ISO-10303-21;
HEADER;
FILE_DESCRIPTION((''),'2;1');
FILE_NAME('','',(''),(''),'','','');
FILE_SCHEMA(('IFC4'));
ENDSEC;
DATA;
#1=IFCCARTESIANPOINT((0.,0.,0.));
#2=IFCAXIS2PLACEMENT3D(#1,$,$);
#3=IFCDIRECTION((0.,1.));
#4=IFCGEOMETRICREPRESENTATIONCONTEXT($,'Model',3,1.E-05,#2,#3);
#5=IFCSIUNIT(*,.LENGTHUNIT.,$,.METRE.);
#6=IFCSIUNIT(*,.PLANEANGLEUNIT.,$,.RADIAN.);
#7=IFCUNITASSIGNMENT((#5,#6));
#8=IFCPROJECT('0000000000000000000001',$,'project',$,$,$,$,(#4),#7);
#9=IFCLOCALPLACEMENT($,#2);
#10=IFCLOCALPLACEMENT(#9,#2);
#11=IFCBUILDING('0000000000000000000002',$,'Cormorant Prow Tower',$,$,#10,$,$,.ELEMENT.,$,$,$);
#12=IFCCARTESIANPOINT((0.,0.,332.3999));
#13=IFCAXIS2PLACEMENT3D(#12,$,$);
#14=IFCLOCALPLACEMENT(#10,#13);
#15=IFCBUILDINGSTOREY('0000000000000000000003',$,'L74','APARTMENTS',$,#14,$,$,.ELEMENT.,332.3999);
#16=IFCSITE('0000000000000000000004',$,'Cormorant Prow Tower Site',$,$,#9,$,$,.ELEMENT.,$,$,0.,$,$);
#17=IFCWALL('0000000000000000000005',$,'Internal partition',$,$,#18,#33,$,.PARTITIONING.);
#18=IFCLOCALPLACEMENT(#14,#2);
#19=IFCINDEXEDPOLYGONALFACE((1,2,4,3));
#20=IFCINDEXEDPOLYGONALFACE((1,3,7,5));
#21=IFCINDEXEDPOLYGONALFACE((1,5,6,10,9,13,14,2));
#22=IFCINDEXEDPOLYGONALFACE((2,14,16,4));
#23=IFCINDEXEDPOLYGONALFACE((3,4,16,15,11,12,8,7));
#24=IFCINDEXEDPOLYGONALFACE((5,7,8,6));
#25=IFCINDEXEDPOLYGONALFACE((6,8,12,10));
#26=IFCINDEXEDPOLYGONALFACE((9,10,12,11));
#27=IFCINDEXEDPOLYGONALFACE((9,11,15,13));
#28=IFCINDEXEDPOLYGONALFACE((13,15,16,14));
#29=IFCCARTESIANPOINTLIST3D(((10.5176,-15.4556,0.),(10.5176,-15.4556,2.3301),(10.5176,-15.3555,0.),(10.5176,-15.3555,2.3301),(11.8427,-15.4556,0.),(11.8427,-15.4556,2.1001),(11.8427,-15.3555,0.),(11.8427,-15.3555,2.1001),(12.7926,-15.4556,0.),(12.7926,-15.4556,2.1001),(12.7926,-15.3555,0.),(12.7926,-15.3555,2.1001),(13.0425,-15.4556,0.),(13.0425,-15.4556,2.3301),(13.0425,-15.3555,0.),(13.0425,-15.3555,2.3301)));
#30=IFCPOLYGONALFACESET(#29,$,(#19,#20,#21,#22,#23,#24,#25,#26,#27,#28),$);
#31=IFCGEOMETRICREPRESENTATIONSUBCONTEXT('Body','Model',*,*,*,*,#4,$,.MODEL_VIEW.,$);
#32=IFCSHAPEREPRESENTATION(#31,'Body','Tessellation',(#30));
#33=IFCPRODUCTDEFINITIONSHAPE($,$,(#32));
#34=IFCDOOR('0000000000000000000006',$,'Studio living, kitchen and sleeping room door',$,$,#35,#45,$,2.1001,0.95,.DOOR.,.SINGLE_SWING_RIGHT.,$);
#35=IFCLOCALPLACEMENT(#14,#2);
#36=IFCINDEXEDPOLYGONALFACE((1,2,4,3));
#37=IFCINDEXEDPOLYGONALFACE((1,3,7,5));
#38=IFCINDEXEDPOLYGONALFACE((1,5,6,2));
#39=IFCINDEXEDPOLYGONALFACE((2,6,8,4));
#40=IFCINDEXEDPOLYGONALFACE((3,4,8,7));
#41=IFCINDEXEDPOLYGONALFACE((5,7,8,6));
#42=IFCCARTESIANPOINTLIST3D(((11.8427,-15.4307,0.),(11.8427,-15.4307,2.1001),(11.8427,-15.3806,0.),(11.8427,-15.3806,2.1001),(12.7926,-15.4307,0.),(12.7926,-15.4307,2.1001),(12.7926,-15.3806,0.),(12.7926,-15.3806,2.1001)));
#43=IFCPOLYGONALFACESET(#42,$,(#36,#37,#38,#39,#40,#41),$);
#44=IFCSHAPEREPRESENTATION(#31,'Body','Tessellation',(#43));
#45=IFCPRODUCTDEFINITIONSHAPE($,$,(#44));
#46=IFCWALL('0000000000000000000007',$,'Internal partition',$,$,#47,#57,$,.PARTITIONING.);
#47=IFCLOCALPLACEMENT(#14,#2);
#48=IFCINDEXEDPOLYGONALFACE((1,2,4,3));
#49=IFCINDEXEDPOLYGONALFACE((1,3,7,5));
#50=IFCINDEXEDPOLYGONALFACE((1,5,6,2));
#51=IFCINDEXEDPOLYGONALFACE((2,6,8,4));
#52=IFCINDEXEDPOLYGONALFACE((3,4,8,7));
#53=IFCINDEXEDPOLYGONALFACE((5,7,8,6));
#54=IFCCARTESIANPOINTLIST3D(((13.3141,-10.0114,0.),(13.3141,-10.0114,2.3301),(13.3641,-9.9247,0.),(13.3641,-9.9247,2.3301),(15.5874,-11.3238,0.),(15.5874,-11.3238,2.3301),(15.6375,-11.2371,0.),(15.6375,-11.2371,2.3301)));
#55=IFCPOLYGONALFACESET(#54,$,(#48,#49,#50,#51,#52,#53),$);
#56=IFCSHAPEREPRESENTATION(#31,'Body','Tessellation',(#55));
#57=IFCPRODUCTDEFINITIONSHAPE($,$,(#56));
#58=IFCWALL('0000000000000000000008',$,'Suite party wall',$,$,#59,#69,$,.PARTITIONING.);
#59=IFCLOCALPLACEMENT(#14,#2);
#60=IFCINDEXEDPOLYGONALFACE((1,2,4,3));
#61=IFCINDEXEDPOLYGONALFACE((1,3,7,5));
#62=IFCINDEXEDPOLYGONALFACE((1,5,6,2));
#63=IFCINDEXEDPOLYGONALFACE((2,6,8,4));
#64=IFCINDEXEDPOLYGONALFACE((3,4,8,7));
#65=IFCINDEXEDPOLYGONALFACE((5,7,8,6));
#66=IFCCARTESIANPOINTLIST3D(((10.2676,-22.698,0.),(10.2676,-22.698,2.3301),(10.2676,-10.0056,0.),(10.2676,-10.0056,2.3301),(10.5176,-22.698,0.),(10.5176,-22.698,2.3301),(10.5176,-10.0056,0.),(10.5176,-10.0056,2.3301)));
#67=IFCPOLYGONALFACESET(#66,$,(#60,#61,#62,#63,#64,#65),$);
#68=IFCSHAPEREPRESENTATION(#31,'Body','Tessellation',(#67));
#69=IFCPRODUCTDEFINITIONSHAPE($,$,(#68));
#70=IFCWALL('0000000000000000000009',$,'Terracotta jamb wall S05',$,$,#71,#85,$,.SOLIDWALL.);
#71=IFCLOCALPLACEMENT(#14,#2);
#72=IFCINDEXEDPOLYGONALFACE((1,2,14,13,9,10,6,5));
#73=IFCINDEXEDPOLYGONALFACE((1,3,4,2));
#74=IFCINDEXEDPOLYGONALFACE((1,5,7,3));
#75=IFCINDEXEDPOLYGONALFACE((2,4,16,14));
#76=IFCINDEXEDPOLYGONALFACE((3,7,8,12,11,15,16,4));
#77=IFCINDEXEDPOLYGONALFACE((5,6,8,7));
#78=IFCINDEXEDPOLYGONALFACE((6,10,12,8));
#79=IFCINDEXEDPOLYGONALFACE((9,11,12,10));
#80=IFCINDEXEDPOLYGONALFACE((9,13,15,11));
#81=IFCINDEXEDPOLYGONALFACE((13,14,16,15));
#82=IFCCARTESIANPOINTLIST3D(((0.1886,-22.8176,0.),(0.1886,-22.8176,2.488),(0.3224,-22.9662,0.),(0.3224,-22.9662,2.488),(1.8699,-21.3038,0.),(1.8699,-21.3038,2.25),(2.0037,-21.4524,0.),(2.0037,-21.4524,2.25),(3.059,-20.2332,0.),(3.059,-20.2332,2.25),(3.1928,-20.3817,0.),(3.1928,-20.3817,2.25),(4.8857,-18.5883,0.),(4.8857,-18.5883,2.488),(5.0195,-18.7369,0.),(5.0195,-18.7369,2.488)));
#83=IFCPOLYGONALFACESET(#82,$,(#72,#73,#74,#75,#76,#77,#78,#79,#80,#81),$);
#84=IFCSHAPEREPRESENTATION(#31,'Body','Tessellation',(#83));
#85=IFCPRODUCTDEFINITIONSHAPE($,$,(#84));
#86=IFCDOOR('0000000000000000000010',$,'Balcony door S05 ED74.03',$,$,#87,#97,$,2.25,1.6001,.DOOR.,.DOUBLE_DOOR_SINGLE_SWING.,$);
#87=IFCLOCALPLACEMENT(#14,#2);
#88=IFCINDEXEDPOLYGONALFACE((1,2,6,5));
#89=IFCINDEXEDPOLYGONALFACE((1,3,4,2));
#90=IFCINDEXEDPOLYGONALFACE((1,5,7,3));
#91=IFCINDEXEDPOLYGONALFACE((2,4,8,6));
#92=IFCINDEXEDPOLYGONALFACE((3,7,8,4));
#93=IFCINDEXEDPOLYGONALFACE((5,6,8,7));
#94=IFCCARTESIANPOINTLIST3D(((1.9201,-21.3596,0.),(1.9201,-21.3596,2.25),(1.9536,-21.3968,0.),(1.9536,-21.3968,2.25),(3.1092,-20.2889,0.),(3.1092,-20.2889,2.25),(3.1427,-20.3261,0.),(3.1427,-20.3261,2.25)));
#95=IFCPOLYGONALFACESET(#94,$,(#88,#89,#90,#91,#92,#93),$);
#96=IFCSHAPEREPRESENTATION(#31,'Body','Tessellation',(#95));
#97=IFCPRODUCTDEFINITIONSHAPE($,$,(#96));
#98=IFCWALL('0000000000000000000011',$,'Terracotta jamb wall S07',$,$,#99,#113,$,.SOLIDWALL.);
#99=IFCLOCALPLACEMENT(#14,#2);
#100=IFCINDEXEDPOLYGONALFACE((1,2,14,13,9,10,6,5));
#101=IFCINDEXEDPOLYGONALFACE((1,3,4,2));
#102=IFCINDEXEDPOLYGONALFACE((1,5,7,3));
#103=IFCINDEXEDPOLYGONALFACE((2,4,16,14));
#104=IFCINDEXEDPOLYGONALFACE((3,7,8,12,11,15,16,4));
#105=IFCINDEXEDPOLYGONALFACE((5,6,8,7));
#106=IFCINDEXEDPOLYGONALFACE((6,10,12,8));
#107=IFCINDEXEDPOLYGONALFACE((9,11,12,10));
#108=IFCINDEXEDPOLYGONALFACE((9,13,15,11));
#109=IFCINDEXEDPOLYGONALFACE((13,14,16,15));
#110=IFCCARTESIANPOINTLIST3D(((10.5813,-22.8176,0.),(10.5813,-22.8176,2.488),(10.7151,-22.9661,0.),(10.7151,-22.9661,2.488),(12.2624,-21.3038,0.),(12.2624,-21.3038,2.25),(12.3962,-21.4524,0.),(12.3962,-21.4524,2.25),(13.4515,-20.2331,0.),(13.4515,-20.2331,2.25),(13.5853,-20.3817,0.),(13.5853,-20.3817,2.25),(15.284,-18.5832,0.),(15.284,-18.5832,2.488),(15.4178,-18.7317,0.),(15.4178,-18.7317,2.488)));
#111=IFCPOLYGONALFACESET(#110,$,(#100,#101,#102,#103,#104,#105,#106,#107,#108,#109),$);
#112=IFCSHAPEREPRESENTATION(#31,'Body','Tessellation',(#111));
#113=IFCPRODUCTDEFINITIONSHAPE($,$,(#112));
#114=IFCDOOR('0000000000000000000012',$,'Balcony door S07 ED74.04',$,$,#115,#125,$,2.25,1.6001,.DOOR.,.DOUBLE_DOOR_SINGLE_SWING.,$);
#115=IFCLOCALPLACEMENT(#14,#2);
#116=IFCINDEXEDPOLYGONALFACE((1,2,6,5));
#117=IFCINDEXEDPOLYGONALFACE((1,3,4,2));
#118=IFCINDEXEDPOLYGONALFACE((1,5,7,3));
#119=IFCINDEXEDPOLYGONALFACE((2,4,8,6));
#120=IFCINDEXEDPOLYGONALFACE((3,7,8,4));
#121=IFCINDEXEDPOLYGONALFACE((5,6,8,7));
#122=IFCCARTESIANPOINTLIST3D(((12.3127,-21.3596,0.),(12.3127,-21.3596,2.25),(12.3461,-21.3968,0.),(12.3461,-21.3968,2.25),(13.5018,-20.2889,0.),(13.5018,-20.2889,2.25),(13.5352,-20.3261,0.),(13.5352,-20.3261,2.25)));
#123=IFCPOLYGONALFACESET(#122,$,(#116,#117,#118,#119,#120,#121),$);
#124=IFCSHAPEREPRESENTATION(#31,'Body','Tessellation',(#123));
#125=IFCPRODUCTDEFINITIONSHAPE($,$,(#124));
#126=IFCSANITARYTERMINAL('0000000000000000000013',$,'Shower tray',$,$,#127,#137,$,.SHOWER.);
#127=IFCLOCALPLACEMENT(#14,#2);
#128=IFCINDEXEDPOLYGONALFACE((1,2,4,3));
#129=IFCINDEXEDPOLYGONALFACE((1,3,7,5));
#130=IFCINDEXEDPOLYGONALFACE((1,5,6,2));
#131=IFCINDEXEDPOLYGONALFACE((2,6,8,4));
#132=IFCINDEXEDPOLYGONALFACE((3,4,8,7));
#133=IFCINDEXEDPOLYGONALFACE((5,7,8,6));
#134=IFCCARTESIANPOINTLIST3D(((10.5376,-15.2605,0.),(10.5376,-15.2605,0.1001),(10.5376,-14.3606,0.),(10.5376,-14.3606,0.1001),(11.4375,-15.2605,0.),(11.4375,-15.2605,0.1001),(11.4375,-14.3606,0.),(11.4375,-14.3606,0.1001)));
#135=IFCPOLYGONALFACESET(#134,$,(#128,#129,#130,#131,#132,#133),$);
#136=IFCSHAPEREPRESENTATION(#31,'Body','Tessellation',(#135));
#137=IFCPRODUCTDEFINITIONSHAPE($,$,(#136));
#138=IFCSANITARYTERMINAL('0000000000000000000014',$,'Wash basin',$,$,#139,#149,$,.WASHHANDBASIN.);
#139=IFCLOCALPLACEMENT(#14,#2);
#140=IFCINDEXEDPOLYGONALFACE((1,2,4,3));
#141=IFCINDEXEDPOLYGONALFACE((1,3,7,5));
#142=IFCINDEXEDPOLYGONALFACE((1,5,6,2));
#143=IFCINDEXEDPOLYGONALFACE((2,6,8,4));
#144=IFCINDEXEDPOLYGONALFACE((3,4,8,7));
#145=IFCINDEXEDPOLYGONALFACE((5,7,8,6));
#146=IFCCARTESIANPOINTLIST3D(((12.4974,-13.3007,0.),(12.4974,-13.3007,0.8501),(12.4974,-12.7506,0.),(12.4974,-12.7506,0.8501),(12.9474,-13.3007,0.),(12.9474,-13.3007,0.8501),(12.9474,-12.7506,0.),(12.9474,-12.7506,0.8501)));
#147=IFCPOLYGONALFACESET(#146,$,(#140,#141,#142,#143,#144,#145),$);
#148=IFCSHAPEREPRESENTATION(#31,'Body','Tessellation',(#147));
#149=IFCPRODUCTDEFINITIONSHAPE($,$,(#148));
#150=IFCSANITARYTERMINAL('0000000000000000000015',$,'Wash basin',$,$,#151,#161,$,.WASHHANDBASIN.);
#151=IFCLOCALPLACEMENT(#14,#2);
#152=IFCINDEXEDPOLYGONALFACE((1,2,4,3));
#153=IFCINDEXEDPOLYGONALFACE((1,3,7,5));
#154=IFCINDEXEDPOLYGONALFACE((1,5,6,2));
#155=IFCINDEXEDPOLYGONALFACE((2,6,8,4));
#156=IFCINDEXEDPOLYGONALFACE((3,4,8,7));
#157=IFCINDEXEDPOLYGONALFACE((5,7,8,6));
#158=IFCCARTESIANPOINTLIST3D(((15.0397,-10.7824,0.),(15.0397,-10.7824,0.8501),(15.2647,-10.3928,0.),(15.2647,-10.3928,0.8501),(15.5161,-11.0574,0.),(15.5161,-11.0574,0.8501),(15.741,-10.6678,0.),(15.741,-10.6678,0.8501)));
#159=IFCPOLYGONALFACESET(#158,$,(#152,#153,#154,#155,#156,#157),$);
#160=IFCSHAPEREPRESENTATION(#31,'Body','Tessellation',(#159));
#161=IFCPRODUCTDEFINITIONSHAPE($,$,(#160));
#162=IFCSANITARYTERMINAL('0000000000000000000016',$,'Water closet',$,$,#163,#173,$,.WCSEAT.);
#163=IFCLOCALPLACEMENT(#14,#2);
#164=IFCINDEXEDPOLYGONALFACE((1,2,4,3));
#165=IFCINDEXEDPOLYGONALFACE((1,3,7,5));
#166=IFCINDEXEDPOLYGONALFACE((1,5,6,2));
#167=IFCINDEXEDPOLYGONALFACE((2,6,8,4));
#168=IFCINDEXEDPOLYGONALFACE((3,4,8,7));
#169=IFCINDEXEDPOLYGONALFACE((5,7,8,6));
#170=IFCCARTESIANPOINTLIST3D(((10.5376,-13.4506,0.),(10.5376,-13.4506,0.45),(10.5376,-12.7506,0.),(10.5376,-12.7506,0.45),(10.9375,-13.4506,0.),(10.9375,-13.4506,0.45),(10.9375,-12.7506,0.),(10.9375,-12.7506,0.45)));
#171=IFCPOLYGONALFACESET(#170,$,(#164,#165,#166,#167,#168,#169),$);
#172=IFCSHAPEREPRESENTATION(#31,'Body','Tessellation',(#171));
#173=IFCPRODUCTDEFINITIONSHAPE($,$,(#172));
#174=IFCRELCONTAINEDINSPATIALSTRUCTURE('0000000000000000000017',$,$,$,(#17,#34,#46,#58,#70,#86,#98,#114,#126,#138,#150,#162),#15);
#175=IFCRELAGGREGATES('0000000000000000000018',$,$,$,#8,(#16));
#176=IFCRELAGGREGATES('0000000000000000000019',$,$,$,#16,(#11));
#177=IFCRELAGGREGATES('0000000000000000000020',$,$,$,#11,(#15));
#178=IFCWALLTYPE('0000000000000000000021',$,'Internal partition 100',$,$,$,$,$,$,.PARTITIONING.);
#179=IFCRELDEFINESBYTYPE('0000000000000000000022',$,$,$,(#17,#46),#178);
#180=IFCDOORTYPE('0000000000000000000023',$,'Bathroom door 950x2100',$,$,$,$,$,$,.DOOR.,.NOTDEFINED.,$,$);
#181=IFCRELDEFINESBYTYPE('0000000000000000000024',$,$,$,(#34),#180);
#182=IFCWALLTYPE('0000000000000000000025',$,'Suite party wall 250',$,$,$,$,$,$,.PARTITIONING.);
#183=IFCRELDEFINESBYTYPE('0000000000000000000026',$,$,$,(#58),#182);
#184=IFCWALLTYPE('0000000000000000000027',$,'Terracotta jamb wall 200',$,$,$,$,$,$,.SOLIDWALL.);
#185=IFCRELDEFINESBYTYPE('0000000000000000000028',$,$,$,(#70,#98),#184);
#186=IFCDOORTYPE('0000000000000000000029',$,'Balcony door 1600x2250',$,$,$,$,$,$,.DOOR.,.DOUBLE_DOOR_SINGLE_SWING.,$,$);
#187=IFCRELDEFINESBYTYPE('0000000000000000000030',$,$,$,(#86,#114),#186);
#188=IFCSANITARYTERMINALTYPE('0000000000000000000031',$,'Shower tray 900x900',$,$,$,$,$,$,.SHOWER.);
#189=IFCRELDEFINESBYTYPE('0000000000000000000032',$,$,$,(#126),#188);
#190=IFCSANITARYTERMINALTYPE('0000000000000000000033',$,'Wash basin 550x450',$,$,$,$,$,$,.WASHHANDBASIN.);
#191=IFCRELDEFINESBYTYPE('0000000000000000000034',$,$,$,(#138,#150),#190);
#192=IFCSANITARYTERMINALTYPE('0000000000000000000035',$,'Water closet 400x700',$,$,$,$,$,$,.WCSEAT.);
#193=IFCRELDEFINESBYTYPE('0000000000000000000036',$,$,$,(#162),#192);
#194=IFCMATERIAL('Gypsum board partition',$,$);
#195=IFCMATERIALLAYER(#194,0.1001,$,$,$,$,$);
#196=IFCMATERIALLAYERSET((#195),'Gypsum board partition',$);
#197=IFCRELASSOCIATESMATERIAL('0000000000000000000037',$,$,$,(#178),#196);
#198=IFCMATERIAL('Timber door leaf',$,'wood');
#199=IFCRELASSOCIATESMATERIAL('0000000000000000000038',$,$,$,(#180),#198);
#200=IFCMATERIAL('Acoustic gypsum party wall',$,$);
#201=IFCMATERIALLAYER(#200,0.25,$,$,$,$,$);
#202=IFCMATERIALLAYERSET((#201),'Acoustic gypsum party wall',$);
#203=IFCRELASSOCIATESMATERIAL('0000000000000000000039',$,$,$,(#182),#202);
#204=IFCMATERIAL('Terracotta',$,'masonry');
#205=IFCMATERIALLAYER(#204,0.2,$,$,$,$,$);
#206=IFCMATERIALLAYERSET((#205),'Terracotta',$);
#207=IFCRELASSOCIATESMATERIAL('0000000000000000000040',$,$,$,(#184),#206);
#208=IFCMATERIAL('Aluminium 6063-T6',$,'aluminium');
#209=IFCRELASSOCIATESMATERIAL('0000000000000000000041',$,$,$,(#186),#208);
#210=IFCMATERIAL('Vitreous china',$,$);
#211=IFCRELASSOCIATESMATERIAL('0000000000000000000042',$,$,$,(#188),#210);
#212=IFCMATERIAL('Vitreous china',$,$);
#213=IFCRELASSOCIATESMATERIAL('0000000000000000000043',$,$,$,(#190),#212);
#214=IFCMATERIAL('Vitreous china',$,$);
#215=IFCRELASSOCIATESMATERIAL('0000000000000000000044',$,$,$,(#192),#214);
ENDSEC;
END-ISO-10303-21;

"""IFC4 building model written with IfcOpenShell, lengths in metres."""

from ifc_helpers import new_model, si_unit, direction, frame, frame_2d, origin, origin_2d, place, context, subcontext, project, spatial, rectangle, extrude, material, layer, layer_set, type_object, element, fill, save


model = new_model("IFC4")

# Units and contexts
model_context = context("Model", 3, precision=1e-05, world=origin(), true_north=direction((0.0, 1.0)))
body_context = subcontext(model_context, "Body", "Model", "MODEL_VIEW")
ifc_project = project(units=[si_unit("LENGTHUNIT", "METRE"), si_unit("PLANEANGLEUNIT", "RADIAN")], contexts=[model_context])

# Site, building, storey
site_placement = place(None, origin())
site = spatial("IfcSite", under=ifc_project, at=site_placement, Name="Cormorant Prow Tower Site", CompositionType="ELEMENT", RefElevation=0.0)
building_placement = place(site_placement, origin())
building = spatial("IfcBuilding", under=site, at=building_placement, Name="Cormorant Prow Tower", CompositionType="ELEMENT")
storey_placement = place(building_placement, frame((0.0, 0.0, 332.3999)))
storey = spatial("IfcBuildingStorey", under=building, at=storey_placement, Name="L74", Description="APARTMENTS", CompositionType="ELEMENT", Elevation=332.3999)

# Shared definitions
ifc_material_1 = material(Name="Gypsum board partition")
ifc_layer_1 = layer(ifc_material_1, 0.1001)
ifc_layer_set_1 = layer_set([ifc_layer_1], Name="Gypsum board partition")
wall_type_1 = type_object("IfcWallType", Name="Internal partition 100", PredefinedType="PARTITIONING", material=ifc_layer_set_1)
ifc_material_2 = material(Name="Timber door leaf", Category="wood")
door_type_1 = type_object("IfcDoorType", Name="Bathroom door 950x2100", OperationType="NOTDEFINED", PredefinedType="DOOR", material=ifc_material_2)

# Wall, opening, door
wall_1_placement = place(storey_placement, frame((10.5176, -15.4055, 0.0), z_axis=(0.0, 0.0, 1.0), x_axis=(1.0, 0.0, 0.0)))
wall_1 = element("IfcWall", 1, at=wall_1_placement, inside=storey, type_object=wall_type_1, Name="Internal partition", PredefinedType="PARTITIONING", context=body_context, shape_type="SweptSolid", body=[
    extrude(rectangle(XDim=2.5249, YDim=0.1001, at=frame_2d((1.2625, 0.0))), origin(), (0.0, 0.0, 1.0), 2.3301),
])
opening_1_placement = place(wall_1_placement, frame((1.325, 0.0, 0.0)))
opening_1 = element("IfcOpeningElement", 2, at=opening_1_placement, cuts=wall_1, PredefinedType="OPENING", context=body_context, shape_type="SweptSolid", body=[
    extrude(rectangle(XDim=0.95, YDim=2.1001, at=frame_2d((0.4751, 1.05))), frame((0.0, 0.0601, 0.0), z_axis=(0.0, -1.0, 0.0), x_axis=(1.0, 0.0, 0.0)), (0.0, 0.0, 1.0), 0.1201),
])
door_1_placement = place(opening_1_placement, origin())
door_1 = element("IfcDoor", 3, at=door_1_placement, inside=storey, type_object=door_type_1, Name="Studio living, kitchen and sleeping room door", OperationType="SINGLE_SWING_RIGHT", OverallHeight=2.1001, OverallWidth=0.95, PredefinedType="DOOR", context=body_context, shape_type="SweptSolid", body=[
    extrude(rectangle(XDim=0.95, YDim=2.1001, at=frame_2d((0.4751, 1.05))), frame((0.0, 0.0249, 0.0), z_axis=(0.0, -1.0, 0.0), x_axis=(1.0, 0.0, 0.0)), (0.0, 0.0, 1.0), 0.05),
])
fill(opening_1, door_1)

# Walls
wall_2_placement = place(storey_placement, frame((13.3391, -9.968, 0.0), z_axis=(0.0, 0.0, 1.0), x_axis=(0.866037, -0.49998, 0.0)))
element("IfcWall", 4, at=wall_2_placement, inside=storey, type_object=wall_type_1, Name="Internal partition", PredefinedType="PARTITIONING", context=body_context, shape_type="SweptSolid", body=[
    extrude(rectangle(XDim=2.625, YDim=0.1001, at=frame_2d((1.3125, 0.0))), origin(), (0.0, 0.0, 1.0), 2.3301),
])
ifc_material_3 = material(Name="Acoustic gypsum party wall")
ifc_layer_2 = layer(ifc_material_3, 0.25)
ifc_layer_set_2 = layer_set([ifc_layer_2], Name="Acoustic gypsum party wall")
wall_type_2 = type_object("IfcWallType", Name="Suite party wall 250", PredefinedType="PARTITIONING", material=ifc_layer_set_2)
wall_3_placement = place(storey_placement, frame((10.3926, -22.698, 0.0), z_axis=(0.0, 0.0, 1.0), x_axis=(0.0, 1.0, 0.0)))
element("IfcWall", 5, at=wall_3_placement, inside=storey, type_object=wall_type_2, Name="Suite party wall", PredefinedType="PARTITIONING", context=body_context, shape_type="SweptSolid", body=[
    extrude(rectangle(XDim=12.6924, YDim=0.25, at=frame_2d((6.3462, 0.0))), origin(), (0.0, 0.0, 1.0), 2.3301),
])

# Walls, openings, doors
ifc_material_4 = material(Name="Terracotta", Category="masonry")
ifc_layer_3 = layer(ifc_material_4, 0.2)
ifc_layer_set_3 = layer_set([ifc_layer_3], Name="Terracotta")
wall_type_3 = type_object("IfcWallType", Name="Terracotta jamb wall 200", PredefinedType="SOLIDWALL", material=ifc_layer_set_3)
wall_4_placement = place(storey_placement, frame((0.2556, -22.8918, 0.0), z_axis=(0.0, 0.0, 1.0), x_axis=(0.743142, 0.669133, 0.0)))
wall_4 = element("IfcWall", 6, at=wall_4_placement, inside=storey, type_object=wall_type_3, Name="Terracotta jamb wall S05", PredefinedType="SOLIDWALL", context=body_context, shape_type="SweptSolid", body=[
    extrude(rectangle(XDim=6.3206, YDim=0.2, at=frame_2d((3.1602, 0.0))), origin(), (0.0, 0.0, 1.0), 2.488),
])
opening_2_placement = place(wall_4_placement, frame((2.2622, 0.0, 0.0)))
opening_2 = element("IfcOpeningElement", 7, at=opening_2_placement, cuts=wall_4, PredefinedType="OPENING", context=body_context, shape_type="SweptSolid", body=[
    extrude(rectangle(XDim=1.6001, YDim=2.25, at=frame_2d((0.8, 1.125))), frame((0.0, 0.1099, 0.0), z_axis=(0.0, -1.0, 0.0), x_axis=(1.0, 0.0, 0.0)), (0.0, 0.0, 1.0), 0.22),
])
ifc_material_5 = material(Name="Aluminium 6063-T6", Category="aluminium")
door_type_2 = type_object("IfcDoorType", Name="Balcony door 1600x2250", OperationType="DOUBLE_DOOR_SINGLE_SWING", PredefinedType="DOOR", material=ifc_material_5)
door_2_placement = place(opening_2_placement, origin())
door_2 = element("IfcDoor", 8, at=door_2_placement, inside=storey, type_object=door_type_2, Name="Balcony door S05 ED74.03", OperationType="DOUBLE_DOOR_SINGLE_SWING", OverallHeight=2.25, OverallWidth=1.6001, PredefinedType="DOOR", context=body_context, shape_type="SweptSolid", body=[
    extrude(rectangle(XDim=1.6001, YDim=2.25, at=frame_2d((0.8, 1.125))), frame((0.0, 0.0249, 0.0), z_axis=(0.0, -1.0, 0.0), x_axis=(1.0, 0.0, 0.0)), (0.0, 0.0, 1.0), 0.05),
])
fill(opening_2, door_2)
wall_5_placement = place(storey_placement, frame((10.6482, -22.8918, 0.0), z_axis=(0.0, 0.0, 1.0), x_axis=(0.743137, 0.669139, 0.0)))
wall_5 = element("IfcWall", 9, at=wall_5_placement, inside=storey, type_object=wall_type_3, Name="Terracotta jamb wall S07", PredefinedType="SOLIDWALL", context=body_context, shape_type="SweptSolid", body=[
    extrude(rectangle(XDim=6.3281, YDim=0.2, at=frame_2d((3.1641, 0.0))), origin(), (0.0, 0.0, 1.0), 2.488),
])
opening_3_placement = place(wall_5_placement, frame((2.2622, 0.0, 0.0)))
opening_3 = element("IfcOpeningElement", 10, at=opening_3_placement, cuts=wall_5, PredefinedType="OPENING", context=body_context, shape_type="SweptSolid", body=[
    extrude(rectangle(XDim=1.6001, YDim=2.25, at=frame_2d((0.8, 1.125))), frame((0.0, 0.1099, 0.0), z_axis=(0.0, -1.0, 0.0), x_axis=(1.0, 0.0, 0.0)), (0.0, 0.0, 1.0), 0.22),
])
door_3_placement = place(opening_3_placement, origin())
door_3 = element("IfcDoor", 11, at=door_3_placement, inside=storey, type_object=door_type_2, Name="Balcony door S07 ED74.04", OperationType="DOUBLE_DOOR_SINGLE_SWING", OverallHeight=2.25, OverallWidth=1.6001, PredefinedType="DOOR", context=body_context, shape_type="SweptSolid", body=[
    extrude(rectangle(XDim=1.6001, YDim=2.25, at=frame_2d((0.8, 1.125))), frame((0.0, 0.0249, 0.0), z_axis=(0.0, -1.0, 0.0), x_axis=(1.0, 0.0, 0.0)), (0.0, 0.0, 1.0), 0.05),
])
fill(opening_3, door_3)

# Sanitary terminals
ifc_material_6 = material(Name="Vitreous china")
sanitary_terminal_type_1 = type_object("IfcSanitaryTerminalType", Name="Shower tray 900x900", PredefinedType="SHOWER", material=ifc_material_6)
sanitary_terminal_1_placement = place(storey_placement, frame((10.9875, -14.8105, 0.0), z_axis=(0.0, 0.0, 1.0), x_axis=(0.0, 1.0, 0.0)))
element("IfcSanitaryTerminal", 12, at=sanitary_terminal_1_placement, inside=storey, type_object=sanitary_terminal_type_1, Name="Shower tray", PredefinedType="SHOWER", context=body_context, shape_type="SweptSolid", body=[
    extrude(rectangle(XDim=0.8999, YDim=0.8999, at=origin_2d()), origin(), (0.0, 0.0, 1.0), 0.1001),
])
ifc_material_7 = material(Name="Vitreous china")
sanitary_terminal_type_2 = type_object("IfcSanitaryTerminalType", Name="Wash basin 550x450", PredefinedType="WASHHANDBASIN", material=ifc_material_7)
for number, where, z_axis, x_axis, name in (
    (13, (12.7224, -13.0256, 0.0), (0.0, 0.0, 1.0), (0.0, -1.0, 0.0), "Wash basin"),
    (14, (15.3904, -10.7251, 0.0), (0.0, 0.0, 1.0), (-0.866025, 0.5, 0.0), "Wash basin"),
):
    element("IfcSanitaryTerminal", number, at=place(storey_placement, frame(where, z_axis=z_axis, x_axis=x_axis)), inside=storey, type_object=sanitary_terminal_type_2, Name=name, PredefinedType="WASHHANDBASIN", context=body_context, shape_type="SweptSolid", body=[
        extrude(rectangle(XDim=0.55, YDim=0.45, at=origin_2d()), origin(), (0.0, 0.0, 1.0), 0.8501),
    ])
ifc_material_8 = material(Name="Vitreous china")
sanitary_terminal_type_3 = type_object("IfcSanitaryTerminalType", Name="Water closet 400x700", PredefinedType="WCSEAT", material=ifc_material_8)
sanitary_terminal_2_placement = place(storey_placement, frame((10.7375, -13.1006, 0.0), z_axis=(0.0, 0.0, 1.0), x_axis=(1.0, 0.0, 0.0)))
element("IfcSanitaryTerminal", 15, at=sanitary_terminal_2_placement, inside=storey, type_object=sanitary_terminal_type_3, Name="Water closet", PredefinedType="WCSEAT", context=body_context, shape_type="SweptSolid", body=[
    extrude(rectangle(XDim=0.3999, YDim=0.7, at=origin_2d()), origin(), (0.0, 0.0, 1.0), 0.45),
])

save(model, "model.ifc")
